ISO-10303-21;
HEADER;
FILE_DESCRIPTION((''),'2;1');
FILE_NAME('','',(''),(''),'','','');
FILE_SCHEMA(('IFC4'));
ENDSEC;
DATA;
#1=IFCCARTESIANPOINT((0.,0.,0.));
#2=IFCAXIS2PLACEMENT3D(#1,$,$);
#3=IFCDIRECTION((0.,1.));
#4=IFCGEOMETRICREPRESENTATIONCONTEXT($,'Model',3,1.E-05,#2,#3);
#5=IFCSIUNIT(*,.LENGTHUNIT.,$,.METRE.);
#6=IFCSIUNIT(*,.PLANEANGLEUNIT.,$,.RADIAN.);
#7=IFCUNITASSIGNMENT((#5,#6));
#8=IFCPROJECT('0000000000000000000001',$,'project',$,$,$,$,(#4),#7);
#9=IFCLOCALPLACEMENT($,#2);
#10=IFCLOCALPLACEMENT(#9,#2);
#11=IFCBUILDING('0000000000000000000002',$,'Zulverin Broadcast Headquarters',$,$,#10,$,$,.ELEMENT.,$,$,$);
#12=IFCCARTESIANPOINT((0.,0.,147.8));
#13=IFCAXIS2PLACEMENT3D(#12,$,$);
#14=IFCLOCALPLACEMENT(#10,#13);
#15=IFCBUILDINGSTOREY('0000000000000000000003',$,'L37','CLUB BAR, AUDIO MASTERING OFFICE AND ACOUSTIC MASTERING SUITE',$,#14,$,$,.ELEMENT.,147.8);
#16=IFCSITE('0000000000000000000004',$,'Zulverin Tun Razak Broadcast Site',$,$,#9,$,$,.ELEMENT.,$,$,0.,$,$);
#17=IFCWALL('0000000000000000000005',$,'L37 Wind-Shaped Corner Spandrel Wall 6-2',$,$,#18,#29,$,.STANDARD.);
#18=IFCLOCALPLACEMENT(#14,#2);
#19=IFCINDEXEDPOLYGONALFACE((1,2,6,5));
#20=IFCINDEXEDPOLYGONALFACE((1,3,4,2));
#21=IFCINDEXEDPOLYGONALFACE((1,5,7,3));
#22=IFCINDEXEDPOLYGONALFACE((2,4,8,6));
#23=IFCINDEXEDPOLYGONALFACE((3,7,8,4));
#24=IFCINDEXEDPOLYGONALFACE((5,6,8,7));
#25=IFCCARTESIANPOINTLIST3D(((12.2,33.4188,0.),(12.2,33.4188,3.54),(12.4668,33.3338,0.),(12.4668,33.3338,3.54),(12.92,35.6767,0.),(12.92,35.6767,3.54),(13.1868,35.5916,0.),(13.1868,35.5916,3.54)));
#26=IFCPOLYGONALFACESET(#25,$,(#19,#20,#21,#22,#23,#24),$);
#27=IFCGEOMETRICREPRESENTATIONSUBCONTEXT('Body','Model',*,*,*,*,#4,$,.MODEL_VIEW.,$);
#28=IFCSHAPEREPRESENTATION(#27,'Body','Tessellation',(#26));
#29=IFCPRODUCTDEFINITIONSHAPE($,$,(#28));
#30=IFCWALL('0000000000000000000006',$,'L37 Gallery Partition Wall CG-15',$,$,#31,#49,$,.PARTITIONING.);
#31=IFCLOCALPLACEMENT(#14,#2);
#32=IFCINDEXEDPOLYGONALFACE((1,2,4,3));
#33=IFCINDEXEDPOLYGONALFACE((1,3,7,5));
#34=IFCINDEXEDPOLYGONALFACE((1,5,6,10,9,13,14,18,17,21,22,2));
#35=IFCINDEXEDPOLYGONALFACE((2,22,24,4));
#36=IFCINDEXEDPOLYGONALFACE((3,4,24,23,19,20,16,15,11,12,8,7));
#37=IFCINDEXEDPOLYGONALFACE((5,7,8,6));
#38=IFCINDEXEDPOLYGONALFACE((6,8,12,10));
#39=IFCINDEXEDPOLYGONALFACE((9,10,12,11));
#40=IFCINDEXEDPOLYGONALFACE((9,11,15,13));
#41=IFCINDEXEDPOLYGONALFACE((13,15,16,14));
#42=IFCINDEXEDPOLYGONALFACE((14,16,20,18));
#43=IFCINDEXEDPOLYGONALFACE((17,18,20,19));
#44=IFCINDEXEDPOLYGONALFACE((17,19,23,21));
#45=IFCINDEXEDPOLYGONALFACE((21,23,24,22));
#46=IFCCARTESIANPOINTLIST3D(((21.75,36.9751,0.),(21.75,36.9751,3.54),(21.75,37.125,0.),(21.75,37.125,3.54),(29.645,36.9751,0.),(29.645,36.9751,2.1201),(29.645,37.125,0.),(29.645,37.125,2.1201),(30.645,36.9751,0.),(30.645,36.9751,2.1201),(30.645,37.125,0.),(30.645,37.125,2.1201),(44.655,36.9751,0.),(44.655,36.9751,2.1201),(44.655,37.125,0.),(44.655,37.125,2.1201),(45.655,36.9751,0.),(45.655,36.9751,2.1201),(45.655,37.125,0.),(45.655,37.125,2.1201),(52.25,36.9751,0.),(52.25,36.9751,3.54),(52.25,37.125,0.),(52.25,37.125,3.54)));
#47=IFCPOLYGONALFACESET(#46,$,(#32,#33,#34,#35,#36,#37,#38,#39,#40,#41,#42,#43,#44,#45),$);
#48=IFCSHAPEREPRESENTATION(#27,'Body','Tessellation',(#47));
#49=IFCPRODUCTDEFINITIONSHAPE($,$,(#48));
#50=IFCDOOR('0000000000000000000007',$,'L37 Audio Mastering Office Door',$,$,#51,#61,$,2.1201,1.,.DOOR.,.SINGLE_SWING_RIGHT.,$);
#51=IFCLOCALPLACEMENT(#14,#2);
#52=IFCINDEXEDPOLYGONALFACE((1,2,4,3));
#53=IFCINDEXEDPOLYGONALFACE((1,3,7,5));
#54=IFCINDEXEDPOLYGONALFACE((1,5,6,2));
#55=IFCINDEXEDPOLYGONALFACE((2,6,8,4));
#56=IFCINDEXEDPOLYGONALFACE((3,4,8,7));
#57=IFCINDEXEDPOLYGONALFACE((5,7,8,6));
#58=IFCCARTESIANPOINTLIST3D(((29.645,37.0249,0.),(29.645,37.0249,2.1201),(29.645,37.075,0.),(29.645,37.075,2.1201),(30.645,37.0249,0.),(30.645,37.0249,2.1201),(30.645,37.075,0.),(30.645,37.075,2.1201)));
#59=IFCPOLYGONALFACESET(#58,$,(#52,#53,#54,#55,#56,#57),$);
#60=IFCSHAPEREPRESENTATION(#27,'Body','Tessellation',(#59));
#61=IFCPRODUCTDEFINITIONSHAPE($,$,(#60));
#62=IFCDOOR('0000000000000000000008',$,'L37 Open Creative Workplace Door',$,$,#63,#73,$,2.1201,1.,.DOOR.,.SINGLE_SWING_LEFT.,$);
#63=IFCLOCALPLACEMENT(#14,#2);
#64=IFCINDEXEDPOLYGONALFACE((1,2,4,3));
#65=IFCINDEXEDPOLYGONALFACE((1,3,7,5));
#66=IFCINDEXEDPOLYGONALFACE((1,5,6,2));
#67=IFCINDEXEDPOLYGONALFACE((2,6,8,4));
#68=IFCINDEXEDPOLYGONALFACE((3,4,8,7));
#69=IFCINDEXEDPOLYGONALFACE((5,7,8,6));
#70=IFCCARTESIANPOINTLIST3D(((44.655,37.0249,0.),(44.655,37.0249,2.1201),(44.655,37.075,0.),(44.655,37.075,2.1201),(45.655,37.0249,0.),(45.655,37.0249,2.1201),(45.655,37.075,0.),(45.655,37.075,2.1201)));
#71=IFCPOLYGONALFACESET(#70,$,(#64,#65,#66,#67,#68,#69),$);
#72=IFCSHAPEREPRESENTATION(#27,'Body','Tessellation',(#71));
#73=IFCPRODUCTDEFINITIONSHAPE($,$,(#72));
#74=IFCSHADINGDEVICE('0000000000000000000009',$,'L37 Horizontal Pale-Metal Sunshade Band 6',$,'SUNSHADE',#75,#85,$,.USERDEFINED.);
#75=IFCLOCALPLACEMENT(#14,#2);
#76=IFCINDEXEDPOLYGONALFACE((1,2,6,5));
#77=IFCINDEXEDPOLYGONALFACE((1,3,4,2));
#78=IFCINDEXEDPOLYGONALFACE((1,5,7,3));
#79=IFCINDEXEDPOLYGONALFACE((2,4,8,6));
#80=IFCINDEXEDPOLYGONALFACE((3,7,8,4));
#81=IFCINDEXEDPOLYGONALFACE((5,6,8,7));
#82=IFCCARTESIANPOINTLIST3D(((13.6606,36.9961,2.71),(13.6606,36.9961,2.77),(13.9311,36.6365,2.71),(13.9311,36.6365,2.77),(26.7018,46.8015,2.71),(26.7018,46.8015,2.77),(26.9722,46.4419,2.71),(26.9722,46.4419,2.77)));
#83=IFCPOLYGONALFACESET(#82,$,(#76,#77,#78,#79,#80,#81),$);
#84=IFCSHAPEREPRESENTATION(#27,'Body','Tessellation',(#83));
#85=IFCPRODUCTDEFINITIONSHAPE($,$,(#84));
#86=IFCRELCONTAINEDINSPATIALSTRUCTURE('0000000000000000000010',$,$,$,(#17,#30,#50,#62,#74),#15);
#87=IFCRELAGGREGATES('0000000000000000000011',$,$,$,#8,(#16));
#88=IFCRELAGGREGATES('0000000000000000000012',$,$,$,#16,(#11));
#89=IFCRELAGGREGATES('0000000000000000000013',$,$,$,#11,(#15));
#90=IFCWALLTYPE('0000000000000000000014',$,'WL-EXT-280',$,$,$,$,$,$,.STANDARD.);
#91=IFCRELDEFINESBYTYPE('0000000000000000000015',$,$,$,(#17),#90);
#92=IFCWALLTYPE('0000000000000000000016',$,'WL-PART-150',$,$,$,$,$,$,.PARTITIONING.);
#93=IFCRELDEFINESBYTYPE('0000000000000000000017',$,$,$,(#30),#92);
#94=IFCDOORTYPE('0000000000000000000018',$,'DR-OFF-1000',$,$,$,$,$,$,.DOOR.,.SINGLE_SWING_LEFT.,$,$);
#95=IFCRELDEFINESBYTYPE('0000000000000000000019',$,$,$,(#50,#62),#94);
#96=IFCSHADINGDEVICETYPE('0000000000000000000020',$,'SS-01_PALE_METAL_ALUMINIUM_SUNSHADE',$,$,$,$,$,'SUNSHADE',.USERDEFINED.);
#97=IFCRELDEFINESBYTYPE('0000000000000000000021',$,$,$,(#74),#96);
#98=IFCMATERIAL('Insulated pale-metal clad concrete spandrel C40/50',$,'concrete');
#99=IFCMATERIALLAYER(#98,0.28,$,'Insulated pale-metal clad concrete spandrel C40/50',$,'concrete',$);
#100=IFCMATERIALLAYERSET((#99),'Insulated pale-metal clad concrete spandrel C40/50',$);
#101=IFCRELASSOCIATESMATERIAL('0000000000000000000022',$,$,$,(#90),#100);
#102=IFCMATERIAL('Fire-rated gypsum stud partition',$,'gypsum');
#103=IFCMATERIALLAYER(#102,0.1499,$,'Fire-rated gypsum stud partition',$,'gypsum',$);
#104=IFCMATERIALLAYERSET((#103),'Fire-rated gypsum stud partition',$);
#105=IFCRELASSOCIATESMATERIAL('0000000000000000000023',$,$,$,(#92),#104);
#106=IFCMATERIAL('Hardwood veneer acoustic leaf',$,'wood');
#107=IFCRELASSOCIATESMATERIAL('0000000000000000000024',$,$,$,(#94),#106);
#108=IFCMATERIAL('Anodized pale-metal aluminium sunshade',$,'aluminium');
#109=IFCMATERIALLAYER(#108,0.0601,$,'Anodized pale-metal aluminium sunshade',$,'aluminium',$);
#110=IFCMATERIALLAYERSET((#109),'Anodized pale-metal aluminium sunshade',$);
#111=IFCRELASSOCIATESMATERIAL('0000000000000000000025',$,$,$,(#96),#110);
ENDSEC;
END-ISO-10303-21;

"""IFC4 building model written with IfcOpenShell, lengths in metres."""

from ifc_helpers import new_model, si_unit, direction, frame, frame_2d, origin, origin_2d, place, context, subcontext, project, spatial, rectangle, extrude, material, layer, layer_set, type_object, element, fill, save


model = new_model("IFC4")

# Units and contexts
model_context = context("Model", 3, precision=1e-05, world=origin(), true_north=direction((0.0, 1.0)))
body_context = subcontext(model_context, "Body", "Model", "MODEL_VIEW")
ifc_project = project(units=[si_unit("LENGTHUNIT", "METRE"), si_unit("PLANEANGLEUNIT", "RADIAN")], contexts=[model_context])

# Site, building, storey
site_placement = place(None, origin())
site = spatial("IfcSite", under=ifc_project, at=site_placement, Name="Zulverin Tun Razak Broadcast Site", CompositionType="ELEMENT", RefElevation=0.0)
building_placement = place(site_placement, origin())
building = spatial("IfcBuilding", under=site, at=building_placement, Name="Zulverin Broadcast Headquarters", CompositionType="ELEMENT")
storey_placement = place(building_placement, frame((0.0, 0.0, 147.8)))
storey = spatial("IfcBuildingStorey", under=building, at=storey_placement, Name="L37", Description="CLUB BAR, AUDIO MASTERING OFFICE AND ACOUSTIC MASTERING SUITE", CompositionType="ELEMENT", Elevation=147.8)

# Shared definitions
ifc_material_1 = material(Name="Insulated pale-metal clad concrete spandrel C40/50", Category="concrete")
ifc_layer_1 = layer(ifc_material_1, 0.28, Name="Insulated pale-metal clad concrete spandrel C40/50", Category="concrete")
ifc_layer_set_1 = layer_set([ifc_layer_1], Name="Insulated pale-metal clad concrete spandrel C40/50")
wall_type_1 = type_object("IfcWallType", Name="WL-EXT-280", PredefinedType="STANDARD", material=ifc_layer_set_1)

# Wall
wall_1_placement = place(storey_placement, frame((13.0535, 35.6343, 0.0), z_axis=(0.0, 0.0, 1.0), x_axis=(-0.303807, -0.952733, 0.0)))
element("IfcWall", 1, at=wall_1_placement, inside=storey, type_object=wall_type_1, Name="L37 Wind-Shaped Corner Spandrel Wall 6-2", PredefinedType="STANDARD", context=body_context, shape_type="SweptSolid", body=[
    extrude(rectangle(XDim=2.3699, YDim=0.28, at=frame_2d((1.1851, 0.0))), origin(), (0.0, 0.0, 1.0), 3.54),
])

# Wall, openings, doors
ifc_material_2 = material(Name="Fire-rated gypsum stud partition", Category="gypsum")
ifc_layer_2 = layer(ifc_material_2, 0.1499, Name="Fire-rated gypsum stud partition", Category="gypsum")
ifc_layer_set_2 = layer_set([ifc_layer_2], Name="Fire-rated gypsum stud partition")
wall_type_2 = type_object("IfcWallType", Name="WL-PART-150", PredefinedType="PARTITIONING", material=ifc_layer_set_2)
wall_2_placement = place(storey_placement, frame((21.75, 37.05, 0.0), z_axis=(0.0, 0.0, 1.0), x_axis=(1.0, 0.0, 0.0)))
wall_2 = element("IfcWall", 2, at=wall_2_placement, inside=storey, type_object=wall_type_2, Name="L37 Gallery Partition Wall CG-15", PredefinedType="PARTITIONING", context=body_context, shape_type="SweptSolid", body=[
    extrude(rectangle(XDim=30.5, YDim=0.1499, at=frame_2d((15.25, 0.0))), origin(), (0.0, 0.0, 1.0), 3.54),
])
opening_1_placement = place(wall_2_placement, frame((7.895, 0.0, 0.0)))
opening_1 = element("IfcOpeningElement", 3, at=opening_1_placement, cuts=wall_2, PredefinedType="OPENING", context=body_context, shape_type="SweptSolid", body=[
    extrude(rectangle(XDim=1.0, YDim=2.1201, at=frame_2d((0.5, 1.0601))), frame((0.0, 0.085, 0.0), z_axis=(0.0, -1.0, 0.0), x_axis=(1.0, 0.0, 0.0)), (0.0, 0.0, 1.0), 0.1699),
])
opening_2_placement = place(wall_2_placement, frame((22.905, 0.0, 0.0)))
opening_2 = element("IfcOpeningElement", 4, at=opening_2_placement, cuts=wall_2, PredefinedType="OPENING", context=body_context, shape_type="SweptSolid", body=[
    extrude(rectangle(XDim=1.0, YDim=2.1201, at=frame_2d((0.5, 1.0601))), frame((0.0, 0.085, 0.0), z_axis=(0.0, -1.0, 0.0), x_axis=(1.0, 0.0, 0.0)), (0.0, 0.0, 1.0), 0.1699),
])
ifc_material_3 = material(Name="Hardwood veneer acoustic leaf", Category="wood")
door_type_1 = type_object("IfcDoorType", Name="DR-OFF-1000", OperationType="SINGLE_SWING_LEFT", PredefinedType="DOOR", material=ifc_material_3)
door_1_placement = place(opening_1_placement, origin())
door_1 = element("IfcDoor", 5, at=door_1_placement, inside=storey, type_object=door_type_1, Name="L37 Audio Mastering Office Door", OperationType="SINGLE_SWING_RIGHT", OverallHeight=2.1201, OverallWidth=1.0, PredefinedType="DOOR", context=body_context, shape_type="SweptSolid", body=[
    extrude(rectangle(XDim=1.0, YDim=2.1201, at=frame_2d((0.5, 1.0601))), frame((0.0, 0.0249, 0.0), z_axis=(0.0, -1.0, 0.0), x_axis=(1.0, 0.0, 0.0)), (0.0, 0.0, 1.0), 0.05),
])
fill(opening_1, door_1)
door_2_placement = place(opening_2_placement, origin())
door_2 = element("IfcDoor", 6, at=door_2_placement, inside=storey, type_object=door_type_1, Name="L37 Open Creative Workplace Door", OperationType="SINGLE_SWING_LEFT", OverallHeight=2.1201, OverallWidth=1.0, PredefinedType="DOOR", context=body_context, shape_type="SweptSolid", body=[
    extrude(rectangle(XDim=1.0, YDim=2.1201, at=frame_2d((0.5, 1.0601))), frame((0.0, 0.0249, 0.0), z_axis=(0.0, -1.0, 0.0), x_axis=(1.0, 0.0, 0.0)), (0.0, 0.0, 1.0), 0.05),
])
fill(opening_2, door_2)

# Shading device
ifc_material_4 = material(Name="Anodized pale-metal aluminium sunshade", Category="aluminium")
ifc_layer_3 = layer(ifc_material_4, 0.0601, Name="Anodized pale-metal aluminium sunshade", Category="aluminium")
ifc_layer_set_3 = layer_set([ifc_layer_3], Name="Anodized pale-metal aluminium sunshade")
shading_device_type = type_object("IfcShadingDeviceType", Name="SS-01_PALE_METAL_ALUMINIUM_SUNSHADE", ElementType="SUNSHADE", PredefinedType="USERDEFINED", material=ifc_layer_set_3)
shading_device_placement = place(storey_placement, frame((20.3164, 41.719, 2.71), z_axis=(0.0, 0.0, 1.0), x_axis=(-0.799276, -0.600964, 0.0)))
element("IfcShadingDevice", 7, at=shading_device_placement, inside=storey, type_object=shading_device_type, Name="L37 Horizontal Pale-Metal Sunshade Band 6", ObjectType="SUNSHADE", PredefinedType="USERDEFINED", context=body_context, shape_type="SweptSolid", body=[
    extrude(rectangle(XDim=16.3162, YDim=0.45, at=origin_2d()), origin(), (0.0, 0.0, 1.0), 0.0601),
])

save(model, "model.ifc")
